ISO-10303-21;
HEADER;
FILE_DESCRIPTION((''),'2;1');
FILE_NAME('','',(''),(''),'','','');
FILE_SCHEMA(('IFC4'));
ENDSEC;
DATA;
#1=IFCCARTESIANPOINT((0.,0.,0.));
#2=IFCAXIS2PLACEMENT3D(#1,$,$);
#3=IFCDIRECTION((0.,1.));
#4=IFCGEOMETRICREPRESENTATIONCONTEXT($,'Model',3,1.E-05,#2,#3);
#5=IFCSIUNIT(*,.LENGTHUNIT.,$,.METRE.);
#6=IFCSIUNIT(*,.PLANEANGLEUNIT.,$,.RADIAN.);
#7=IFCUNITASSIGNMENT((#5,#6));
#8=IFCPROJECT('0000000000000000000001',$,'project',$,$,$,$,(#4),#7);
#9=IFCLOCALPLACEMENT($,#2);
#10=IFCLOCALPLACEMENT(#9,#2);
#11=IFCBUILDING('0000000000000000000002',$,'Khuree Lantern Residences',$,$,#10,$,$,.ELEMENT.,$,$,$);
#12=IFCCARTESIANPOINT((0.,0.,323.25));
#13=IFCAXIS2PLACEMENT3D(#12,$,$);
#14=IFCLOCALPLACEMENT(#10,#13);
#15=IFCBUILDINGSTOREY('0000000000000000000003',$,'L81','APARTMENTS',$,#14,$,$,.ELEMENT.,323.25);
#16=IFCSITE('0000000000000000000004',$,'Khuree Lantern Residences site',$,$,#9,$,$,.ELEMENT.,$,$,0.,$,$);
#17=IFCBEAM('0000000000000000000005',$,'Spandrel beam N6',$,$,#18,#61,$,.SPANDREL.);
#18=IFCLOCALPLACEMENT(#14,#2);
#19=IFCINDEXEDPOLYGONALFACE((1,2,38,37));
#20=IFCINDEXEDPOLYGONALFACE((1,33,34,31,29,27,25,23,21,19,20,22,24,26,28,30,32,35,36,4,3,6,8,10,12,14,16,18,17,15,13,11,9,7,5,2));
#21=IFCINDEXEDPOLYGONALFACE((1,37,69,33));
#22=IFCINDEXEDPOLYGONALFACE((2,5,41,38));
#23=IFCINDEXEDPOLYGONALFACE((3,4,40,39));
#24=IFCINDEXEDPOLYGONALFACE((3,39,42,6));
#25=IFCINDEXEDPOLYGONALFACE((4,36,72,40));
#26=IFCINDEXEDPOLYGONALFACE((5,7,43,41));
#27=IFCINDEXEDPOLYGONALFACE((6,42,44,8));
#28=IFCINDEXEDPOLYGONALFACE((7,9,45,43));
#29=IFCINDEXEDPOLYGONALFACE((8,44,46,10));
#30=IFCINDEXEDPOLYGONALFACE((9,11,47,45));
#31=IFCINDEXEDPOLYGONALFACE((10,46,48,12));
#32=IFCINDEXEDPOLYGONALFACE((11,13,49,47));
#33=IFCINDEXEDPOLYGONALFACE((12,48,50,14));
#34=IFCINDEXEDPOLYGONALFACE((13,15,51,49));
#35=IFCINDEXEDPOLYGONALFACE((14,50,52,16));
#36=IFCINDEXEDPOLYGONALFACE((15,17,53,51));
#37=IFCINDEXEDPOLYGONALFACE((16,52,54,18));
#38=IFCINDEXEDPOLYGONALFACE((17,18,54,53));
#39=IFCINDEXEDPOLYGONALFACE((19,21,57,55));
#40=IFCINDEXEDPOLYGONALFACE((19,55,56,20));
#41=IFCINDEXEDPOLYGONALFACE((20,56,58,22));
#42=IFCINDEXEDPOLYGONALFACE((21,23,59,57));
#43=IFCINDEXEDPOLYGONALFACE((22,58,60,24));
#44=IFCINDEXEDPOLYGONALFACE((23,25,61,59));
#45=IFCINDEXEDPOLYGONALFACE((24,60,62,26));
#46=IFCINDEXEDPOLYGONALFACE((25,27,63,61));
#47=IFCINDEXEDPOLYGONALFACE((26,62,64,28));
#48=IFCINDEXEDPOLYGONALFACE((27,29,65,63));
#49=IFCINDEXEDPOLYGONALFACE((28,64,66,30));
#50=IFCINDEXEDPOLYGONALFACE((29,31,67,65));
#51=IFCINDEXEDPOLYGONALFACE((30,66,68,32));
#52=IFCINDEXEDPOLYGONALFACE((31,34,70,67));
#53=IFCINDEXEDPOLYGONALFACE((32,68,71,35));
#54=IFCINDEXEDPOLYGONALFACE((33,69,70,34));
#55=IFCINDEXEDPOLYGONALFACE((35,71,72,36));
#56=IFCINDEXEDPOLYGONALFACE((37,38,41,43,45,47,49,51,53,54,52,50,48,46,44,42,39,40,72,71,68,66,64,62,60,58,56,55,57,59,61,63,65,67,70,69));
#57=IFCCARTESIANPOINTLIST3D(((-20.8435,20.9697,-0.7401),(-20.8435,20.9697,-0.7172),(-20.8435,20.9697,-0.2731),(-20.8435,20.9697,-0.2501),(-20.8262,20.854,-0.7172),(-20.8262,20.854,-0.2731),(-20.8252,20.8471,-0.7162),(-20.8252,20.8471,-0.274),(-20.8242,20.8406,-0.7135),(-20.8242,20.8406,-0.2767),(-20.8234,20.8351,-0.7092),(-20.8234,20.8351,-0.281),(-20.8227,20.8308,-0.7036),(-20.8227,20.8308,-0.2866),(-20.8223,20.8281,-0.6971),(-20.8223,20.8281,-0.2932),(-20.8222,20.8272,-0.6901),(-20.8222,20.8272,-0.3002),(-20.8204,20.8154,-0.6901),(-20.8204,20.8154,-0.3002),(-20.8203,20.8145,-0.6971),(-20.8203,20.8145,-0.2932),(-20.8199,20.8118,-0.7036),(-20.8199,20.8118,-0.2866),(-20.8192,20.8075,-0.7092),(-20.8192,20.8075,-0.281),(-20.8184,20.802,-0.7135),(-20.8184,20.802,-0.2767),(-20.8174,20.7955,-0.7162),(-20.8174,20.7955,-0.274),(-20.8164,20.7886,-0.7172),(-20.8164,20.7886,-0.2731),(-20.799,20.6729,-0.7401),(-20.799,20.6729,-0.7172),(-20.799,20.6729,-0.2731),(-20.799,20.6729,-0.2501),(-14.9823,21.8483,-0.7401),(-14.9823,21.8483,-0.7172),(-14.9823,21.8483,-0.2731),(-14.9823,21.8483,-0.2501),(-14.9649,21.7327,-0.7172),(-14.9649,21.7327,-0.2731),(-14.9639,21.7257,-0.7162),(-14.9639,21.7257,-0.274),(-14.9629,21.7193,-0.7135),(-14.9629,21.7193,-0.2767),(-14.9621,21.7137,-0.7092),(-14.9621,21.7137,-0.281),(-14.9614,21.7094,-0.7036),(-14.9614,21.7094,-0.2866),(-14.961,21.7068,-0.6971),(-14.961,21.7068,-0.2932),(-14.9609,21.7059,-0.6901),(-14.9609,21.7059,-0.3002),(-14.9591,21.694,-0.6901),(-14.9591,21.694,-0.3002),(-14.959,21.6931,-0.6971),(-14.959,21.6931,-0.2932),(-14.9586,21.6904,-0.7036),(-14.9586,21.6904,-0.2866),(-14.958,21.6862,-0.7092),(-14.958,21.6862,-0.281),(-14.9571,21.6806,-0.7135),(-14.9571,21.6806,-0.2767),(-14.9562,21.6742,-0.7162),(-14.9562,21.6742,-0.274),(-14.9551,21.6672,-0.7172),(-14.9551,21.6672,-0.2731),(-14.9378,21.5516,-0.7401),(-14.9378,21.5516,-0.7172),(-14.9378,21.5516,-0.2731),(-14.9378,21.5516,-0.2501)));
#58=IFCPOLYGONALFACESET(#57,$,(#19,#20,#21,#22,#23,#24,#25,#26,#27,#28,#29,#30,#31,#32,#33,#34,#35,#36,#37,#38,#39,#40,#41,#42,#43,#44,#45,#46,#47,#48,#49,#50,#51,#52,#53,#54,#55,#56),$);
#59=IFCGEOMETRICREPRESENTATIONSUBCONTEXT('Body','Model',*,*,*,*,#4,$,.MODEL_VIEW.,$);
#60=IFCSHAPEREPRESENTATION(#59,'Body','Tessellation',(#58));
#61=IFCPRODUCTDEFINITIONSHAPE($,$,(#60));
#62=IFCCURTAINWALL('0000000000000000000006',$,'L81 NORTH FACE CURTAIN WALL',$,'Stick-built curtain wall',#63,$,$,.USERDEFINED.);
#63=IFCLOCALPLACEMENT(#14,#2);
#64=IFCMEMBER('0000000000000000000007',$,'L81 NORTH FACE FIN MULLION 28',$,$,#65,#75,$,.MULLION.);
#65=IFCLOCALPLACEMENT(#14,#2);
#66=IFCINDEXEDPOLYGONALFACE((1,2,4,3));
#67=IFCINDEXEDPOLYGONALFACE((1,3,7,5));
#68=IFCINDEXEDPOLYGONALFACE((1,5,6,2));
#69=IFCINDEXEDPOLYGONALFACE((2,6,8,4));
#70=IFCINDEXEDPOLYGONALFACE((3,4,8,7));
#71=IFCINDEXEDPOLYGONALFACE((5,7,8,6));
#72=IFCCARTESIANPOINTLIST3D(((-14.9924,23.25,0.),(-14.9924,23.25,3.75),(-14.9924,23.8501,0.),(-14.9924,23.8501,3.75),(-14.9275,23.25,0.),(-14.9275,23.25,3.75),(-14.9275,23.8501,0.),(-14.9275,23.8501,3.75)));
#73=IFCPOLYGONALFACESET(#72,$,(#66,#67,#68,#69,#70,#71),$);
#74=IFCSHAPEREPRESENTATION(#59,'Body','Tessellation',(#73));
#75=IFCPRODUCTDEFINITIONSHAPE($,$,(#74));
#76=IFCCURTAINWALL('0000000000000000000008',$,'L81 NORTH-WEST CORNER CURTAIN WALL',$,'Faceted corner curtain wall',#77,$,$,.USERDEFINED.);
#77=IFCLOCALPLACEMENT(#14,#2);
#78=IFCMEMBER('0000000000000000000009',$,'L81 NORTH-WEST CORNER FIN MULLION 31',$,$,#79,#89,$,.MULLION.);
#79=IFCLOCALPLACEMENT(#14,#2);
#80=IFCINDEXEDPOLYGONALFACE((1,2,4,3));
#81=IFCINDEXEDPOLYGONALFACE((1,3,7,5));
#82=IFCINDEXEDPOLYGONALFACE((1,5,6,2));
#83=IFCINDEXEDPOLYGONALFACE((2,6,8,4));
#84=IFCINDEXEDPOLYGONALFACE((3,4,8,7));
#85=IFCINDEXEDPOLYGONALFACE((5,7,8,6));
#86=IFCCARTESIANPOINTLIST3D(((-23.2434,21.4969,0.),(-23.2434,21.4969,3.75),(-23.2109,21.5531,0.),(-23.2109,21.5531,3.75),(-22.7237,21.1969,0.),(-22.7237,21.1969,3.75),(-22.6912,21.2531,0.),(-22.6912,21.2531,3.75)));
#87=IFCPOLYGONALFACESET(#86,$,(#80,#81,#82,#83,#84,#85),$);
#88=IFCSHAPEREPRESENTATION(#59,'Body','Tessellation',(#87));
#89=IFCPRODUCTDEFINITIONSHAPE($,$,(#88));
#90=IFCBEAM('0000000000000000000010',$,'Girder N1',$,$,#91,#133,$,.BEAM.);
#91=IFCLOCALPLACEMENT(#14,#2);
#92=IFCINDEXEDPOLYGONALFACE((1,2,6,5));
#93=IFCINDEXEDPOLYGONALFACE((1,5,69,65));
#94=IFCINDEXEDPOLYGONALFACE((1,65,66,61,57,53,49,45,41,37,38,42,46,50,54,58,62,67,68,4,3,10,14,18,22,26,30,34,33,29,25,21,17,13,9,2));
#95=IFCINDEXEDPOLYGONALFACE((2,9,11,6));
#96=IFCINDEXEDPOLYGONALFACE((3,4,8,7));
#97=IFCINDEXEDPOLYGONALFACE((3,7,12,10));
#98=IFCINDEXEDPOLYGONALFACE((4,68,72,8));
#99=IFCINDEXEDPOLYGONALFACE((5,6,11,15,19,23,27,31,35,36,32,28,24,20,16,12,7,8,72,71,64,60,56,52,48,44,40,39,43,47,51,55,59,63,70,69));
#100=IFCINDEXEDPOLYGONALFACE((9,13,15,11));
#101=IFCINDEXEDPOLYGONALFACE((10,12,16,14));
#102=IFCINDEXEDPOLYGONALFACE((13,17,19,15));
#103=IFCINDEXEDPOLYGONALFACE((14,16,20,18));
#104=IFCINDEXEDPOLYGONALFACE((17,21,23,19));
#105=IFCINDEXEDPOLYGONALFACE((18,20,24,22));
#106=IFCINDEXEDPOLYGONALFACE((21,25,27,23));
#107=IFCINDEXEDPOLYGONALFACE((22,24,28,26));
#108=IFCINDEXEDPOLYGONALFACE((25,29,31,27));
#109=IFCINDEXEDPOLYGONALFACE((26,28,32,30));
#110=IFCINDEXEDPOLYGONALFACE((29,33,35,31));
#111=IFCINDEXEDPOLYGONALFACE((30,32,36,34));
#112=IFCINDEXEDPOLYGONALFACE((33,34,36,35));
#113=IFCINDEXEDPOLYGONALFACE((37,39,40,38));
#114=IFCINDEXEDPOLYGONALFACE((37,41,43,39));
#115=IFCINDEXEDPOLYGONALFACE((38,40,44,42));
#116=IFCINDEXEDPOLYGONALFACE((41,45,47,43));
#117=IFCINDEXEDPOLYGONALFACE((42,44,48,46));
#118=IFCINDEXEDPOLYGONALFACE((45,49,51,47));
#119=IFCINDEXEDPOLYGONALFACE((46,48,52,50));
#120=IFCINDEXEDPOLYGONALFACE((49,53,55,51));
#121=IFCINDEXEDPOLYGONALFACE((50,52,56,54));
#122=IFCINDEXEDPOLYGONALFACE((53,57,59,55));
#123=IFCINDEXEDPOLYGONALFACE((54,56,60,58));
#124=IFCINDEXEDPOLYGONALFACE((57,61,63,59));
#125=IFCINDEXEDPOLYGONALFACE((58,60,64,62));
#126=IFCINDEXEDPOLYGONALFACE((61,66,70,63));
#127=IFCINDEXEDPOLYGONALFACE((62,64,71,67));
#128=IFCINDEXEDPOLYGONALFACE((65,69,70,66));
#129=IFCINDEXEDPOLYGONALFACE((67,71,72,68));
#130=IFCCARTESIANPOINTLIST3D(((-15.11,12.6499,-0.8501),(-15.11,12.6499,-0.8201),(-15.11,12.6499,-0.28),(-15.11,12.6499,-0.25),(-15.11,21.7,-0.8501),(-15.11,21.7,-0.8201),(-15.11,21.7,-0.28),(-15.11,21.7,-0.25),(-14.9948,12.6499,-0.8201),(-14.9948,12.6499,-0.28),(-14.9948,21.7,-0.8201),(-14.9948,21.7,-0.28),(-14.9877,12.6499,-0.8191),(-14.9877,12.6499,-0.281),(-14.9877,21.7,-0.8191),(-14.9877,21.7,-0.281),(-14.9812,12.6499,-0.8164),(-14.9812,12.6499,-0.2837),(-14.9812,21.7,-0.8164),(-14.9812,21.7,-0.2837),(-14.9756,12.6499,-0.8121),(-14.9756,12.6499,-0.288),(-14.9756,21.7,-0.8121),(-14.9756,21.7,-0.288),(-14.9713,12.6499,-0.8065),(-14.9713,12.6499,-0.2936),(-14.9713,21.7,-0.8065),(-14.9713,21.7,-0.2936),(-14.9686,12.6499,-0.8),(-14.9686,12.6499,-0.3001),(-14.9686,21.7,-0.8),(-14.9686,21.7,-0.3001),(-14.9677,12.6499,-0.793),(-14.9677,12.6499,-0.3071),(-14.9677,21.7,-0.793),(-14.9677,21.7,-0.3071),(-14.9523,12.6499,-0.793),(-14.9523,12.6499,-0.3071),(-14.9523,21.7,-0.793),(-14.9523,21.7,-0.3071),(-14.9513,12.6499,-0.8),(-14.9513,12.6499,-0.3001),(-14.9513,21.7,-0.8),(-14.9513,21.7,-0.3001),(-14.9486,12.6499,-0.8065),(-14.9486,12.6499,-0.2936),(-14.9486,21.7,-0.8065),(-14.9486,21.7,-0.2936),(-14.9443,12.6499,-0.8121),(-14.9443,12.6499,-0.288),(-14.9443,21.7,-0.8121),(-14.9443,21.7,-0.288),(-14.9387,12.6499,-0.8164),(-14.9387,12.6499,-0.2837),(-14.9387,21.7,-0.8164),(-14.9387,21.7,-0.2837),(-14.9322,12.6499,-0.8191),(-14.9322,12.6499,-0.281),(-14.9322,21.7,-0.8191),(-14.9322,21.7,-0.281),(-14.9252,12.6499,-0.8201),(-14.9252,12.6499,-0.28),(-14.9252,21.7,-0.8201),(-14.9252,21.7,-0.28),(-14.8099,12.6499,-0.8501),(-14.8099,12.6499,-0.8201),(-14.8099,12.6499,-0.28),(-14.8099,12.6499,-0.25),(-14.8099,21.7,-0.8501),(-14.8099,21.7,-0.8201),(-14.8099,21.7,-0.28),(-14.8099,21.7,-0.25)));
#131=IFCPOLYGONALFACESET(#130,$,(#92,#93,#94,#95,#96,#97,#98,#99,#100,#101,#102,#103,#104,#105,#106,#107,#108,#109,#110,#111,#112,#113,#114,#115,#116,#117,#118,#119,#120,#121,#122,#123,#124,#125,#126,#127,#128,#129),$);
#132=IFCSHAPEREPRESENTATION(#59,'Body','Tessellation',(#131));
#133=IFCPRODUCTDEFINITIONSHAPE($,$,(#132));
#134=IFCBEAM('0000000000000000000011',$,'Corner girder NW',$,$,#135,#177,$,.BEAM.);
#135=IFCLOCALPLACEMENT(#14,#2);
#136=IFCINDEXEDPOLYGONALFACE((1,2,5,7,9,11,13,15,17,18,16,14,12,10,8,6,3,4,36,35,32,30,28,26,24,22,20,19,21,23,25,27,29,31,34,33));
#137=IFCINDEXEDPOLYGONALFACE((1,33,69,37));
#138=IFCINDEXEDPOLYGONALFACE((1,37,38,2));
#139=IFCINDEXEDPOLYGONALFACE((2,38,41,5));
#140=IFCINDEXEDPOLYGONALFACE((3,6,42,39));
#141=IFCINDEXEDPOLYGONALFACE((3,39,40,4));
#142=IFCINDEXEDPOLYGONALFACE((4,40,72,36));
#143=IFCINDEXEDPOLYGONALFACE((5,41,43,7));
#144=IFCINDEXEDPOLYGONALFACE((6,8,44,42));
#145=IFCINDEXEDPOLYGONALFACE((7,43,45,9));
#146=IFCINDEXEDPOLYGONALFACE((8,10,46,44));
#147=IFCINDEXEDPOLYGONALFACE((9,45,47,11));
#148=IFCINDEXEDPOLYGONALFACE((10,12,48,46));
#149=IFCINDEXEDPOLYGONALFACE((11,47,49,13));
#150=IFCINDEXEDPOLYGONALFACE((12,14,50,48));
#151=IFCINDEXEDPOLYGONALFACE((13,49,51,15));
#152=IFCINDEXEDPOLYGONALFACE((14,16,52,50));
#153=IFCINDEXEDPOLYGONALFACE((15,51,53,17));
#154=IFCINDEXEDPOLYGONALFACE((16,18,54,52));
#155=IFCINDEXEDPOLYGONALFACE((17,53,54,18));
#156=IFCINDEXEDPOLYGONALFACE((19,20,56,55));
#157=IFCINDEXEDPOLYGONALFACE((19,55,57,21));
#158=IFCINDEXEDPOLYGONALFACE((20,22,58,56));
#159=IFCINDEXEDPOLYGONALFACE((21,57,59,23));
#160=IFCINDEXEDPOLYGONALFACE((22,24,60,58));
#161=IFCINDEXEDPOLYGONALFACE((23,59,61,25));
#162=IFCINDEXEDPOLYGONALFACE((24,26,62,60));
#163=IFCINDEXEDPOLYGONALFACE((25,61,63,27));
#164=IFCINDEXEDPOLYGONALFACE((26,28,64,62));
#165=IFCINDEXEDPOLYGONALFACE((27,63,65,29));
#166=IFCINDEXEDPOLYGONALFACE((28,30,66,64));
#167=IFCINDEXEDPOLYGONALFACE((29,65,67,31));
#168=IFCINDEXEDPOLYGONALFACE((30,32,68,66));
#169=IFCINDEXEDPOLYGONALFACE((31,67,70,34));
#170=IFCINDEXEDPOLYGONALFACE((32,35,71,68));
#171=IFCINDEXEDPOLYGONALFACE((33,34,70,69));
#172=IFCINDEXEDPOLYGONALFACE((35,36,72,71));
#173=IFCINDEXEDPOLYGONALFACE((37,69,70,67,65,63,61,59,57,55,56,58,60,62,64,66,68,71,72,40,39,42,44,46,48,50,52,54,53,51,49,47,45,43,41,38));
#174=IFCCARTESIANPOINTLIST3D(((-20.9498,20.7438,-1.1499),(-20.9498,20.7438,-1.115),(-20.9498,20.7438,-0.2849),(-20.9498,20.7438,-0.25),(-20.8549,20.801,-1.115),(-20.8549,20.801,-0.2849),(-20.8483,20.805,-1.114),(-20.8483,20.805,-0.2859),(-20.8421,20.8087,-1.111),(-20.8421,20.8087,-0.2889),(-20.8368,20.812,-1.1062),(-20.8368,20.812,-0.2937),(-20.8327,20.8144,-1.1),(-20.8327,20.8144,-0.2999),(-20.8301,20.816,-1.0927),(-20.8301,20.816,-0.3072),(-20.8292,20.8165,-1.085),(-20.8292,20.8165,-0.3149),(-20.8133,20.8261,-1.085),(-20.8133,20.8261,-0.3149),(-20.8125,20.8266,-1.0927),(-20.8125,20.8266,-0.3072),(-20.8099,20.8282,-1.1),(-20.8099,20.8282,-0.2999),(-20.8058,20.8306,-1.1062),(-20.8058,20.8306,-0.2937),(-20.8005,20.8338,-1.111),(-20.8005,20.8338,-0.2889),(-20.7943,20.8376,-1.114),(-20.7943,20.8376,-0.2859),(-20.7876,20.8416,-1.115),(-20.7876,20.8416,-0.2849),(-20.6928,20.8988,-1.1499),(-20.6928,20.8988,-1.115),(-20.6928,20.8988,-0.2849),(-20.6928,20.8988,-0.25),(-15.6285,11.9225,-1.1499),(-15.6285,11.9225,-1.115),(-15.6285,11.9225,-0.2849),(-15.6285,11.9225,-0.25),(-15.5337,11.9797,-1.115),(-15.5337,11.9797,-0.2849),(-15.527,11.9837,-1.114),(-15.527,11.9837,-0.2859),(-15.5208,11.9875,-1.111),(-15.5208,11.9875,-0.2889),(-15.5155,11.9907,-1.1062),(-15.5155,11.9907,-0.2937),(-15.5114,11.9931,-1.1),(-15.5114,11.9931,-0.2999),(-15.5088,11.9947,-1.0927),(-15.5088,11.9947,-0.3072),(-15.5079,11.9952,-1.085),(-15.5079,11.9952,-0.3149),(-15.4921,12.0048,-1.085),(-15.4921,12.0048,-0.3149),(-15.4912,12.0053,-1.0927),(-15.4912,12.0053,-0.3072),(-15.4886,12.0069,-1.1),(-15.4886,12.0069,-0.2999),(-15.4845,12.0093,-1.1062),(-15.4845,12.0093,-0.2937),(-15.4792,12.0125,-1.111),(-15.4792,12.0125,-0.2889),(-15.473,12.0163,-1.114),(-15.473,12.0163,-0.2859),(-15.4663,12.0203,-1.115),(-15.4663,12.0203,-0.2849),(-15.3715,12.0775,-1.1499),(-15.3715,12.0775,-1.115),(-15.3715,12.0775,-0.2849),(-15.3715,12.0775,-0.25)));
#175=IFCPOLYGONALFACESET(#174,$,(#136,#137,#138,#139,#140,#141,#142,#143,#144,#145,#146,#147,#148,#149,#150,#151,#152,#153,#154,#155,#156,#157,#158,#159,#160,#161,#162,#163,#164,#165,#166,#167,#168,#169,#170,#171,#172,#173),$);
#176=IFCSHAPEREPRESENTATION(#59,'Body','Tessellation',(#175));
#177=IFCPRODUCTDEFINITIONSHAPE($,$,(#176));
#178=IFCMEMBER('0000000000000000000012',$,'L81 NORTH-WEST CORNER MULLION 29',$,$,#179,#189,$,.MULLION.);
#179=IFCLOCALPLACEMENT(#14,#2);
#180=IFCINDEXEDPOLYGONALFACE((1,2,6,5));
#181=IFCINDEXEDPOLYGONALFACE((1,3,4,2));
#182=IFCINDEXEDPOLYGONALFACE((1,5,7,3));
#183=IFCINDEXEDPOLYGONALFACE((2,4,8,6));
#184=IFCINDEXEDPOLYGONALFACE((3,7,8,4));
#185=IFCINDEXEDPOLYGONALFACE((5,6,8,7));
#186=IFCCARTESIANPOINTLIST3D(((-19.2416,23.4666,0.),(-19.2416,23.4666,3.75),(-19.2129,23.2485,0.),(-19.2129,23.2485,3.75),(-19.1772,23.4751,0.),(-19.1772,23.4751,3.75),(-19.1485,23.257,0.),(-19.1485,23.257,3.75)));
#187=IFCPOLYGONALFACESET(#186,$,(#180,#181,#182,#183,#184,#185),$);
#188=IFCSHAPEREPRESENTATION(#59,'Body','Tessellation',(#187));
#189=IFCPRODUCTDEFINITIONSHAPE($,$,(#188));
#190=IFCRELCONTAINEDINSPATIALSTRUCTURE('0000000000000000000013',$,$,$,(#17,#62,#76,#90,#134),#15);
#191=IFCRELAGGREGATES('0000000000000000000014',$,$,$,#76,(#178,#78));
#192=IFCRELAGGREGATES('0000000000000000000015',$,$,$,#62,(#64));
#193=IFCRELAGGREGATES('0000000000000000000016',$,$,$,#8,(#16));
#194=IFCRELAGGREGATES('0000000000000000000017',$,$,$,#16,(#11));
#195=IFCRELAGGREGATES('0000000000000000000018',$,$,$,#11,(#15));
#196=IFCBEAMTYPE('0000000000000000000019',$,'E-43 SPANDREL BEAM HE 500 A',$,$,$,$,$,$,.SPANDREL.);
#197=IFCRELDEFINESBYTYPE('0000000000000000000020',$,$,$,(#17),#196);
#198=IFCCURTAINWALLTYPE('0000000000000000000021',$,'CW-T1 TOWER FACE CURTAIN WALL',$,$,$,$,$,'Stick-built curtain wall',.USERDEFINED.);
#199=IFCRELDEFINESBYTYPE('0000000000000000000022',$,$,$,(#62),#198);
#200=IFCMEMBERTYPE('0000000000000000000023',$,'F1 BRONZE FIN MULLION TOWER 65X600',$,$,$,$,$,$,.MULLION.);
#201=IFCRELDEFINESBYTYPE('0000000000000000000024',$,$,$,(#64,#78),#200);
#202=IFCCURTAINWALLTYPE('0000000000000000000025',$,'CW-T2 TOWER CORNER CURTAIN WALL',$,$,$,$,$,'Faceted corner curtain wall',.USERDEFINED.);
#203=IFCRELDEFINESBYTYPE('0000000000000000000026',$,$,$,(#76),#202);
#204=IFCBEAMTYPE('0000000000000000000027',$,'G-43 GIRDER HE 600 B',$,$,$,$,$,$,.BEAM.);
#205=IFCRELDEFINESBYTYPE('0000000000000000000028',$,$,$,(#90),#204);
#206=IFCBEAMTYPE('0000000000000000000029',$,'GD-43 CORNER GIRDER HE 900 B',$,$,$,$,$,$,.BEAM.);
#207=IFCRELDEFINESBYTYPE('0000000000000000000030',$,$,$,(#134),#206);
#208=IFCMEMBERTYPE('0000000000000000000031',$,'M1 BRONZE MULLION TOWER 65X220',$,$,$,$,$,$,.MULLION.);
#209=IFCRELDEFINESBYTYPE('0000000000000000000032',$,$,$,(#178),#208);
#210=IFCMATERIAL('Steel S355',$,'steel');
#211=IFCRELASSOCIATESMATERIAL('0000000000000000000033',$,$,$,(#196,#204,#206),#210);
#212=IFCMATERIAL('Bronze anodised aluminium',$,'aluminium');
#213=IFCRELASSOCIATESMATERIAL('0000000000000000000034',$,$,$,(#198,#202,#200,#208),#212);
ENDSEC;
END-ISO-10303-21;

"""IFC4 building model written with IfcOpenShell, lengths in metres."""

from ifc_helpers import new_model, si_unit, direction, frame, origin, origin_2d, place, context, subcontext, project, spatial, rectangle, i_section, extrude, material, material_profile, profile_set, type_object, element, aggregate, save


model = new_model("IFC4")

# Units and contexts
model_context = context("Model", 3, precision=1e-05, world=origin(), true_north=direction((0.0, 1.0)))
body_context = subcontext(model_context, "Body", "Model", "MODEL_VIEW")
ifc_project = project(units=[si_unit("LENGTHUNIT", "METRE"), si_unit("PLANEANGLEUNIT", "RADIAN")], contexts=[model_context])

# Site, building, storey
site_placement = place(None, origin())
site = spatial("IfcSite", under=ifc_project, at=site_placement, Name="Khuree Lantern Residences site", CompositionType="ELEMENT", RefElevation=0.0)
building_placement = place(site_placement, origin())
building = spatial("IfcBuilding", under=site, at=building_placement, Name="Khuree Lantern Residences", CompositionType="ELEMENT")
storey_placement = place(building_placement, frame((0.0, 0.0, 323.25)))
storey = spatial("IfcBuildingStorey", under=building, at=storey_placement, Name="L81", Description="APARTMENTS", CompositionType="ELEMENT", Elevation=323.25)

# Beam
ifc_material_1 = material(Name="Steel S355", Category="steel")
ifc_material_profile_1 = material_profile(ifc_material_1, i_section(OverallWidth=0.3, OverallDepth=0.49, WebThickness=0.012, FlangeThickness=0.0229, FilletRadius=0.0271, at=origin_2d()), Name="HE 500 A")
ifc_profile_set_1 = profile_set([ifc_material_profile_1], Name="Steel S355")
beam_type_1 = type_object("IfcBeamType", Name="E-43 SPANDREL BEAM HE 500 A", PredefinedType="SPANDREL", material=ifc_profile_set_1)
beam_1_placement = place(storey_placement, frame((-20.8213, 20.8213, -0.4951), z_axis=(0.98895, 0.148252, 0.0), x_axis=(-0.148252, 0.98895, 0.0)))
element("IfcBeam", 1, at=beam_1_placement, inside=storey, type_object=beam_type_1, Name="Spandrel beam N6", PredefinedType="SPANDREL", context=body_context, shape_type="SweptSolid", body=[
    extrude(i_section(OverallWidth=0.3, OverallDepth=0.49, WebThickness=0.012, FlangeThickness=0.0229, FilletRadius=0.0271, at=origin_2d()), origin(), (0.0, 0.0, 1.0), 5.9268),
])

# Curtain walls, members
ifc_material_2 = material(Name="Bronze anodised aluminium", Category="aluminium")
curtain_wall_type_1 = type_object("IfcCurtainWallType", Name="CW-T1 TOWER FACE CURTAIN WALL", ElementType="Stick-built curtain wall", PredefinedType="USERDEFINED", material=ifc_material_2)
curtain_wall_1_placement = place(storey_placement, origin())
curtain_wall_1 = element("IfcCurtainWall", 2, at=curtain_wall_1_placement, inside=storey, type_object=curtain_wall_type_1, Name="L81 NORTH FACE CURTAIN WALL", ObjectType="Stick-built curtain wall", PredefinedType="USERDEFINED")
ifc_material_profile_2 = material_profile(ifc_material_2, rectangle(XDim=0.0649, YDim=0.6001, at=origin_2d()), Name="F1 65X600")
ifc_profile_set_2 = profile_set([ifc_material_profile_2], Name="Bronze anodised aluminium")
member_type_1 = type_object("IfcMemberType", Name="F1 BRONZE FIN MULLION TOWER 65X600", PredefinedType="MULLION", material=ifc_profile_set_2)
member_1_placement = place(storey_placement, frame((-14.96, 23.55, 0.0), z_axis=(0.0, 0.0, 1.0), x_axis=(-1.0, 0.0, 0.0)))
member_1 = element("IfcMember", 3, at=member_1_placement, type_object=member_type_1, Name="L81 NORTH FACE FIN MULLION 28", PredefinedType="MULLION", context=body_context, shape_type="SweptSolid", body=[
    extrude(rectangle(XDim=0.0649, YDim=0.6001, at=origin_2d()), origin(), (0.0, 0.0, 1.0), 3.75),
])
curtain_wall_type_2 = type_object("IfcCurtainWallType", Name="CW-T2 TOWER CORNER CURTAIN WALL", ElementType="Faceted corner curtain wall", PredefinedType="USERDEFINED", material=ifc_material_2)
curtain_wall_2_placement = place(storey_placement, origin())
curtain_wall_2 = element("IfcCurtainWall", 4, at=curtain_wall_2_placement, inside=storey, type_object=curtain_wall_type_2, Name="L81 NORTH-WEST CORNER CURTAIN WALL", ObjectType="Faceted corner curtain wall", PredefinedType="USERDEFINED")
member_2_placement = place(storey_placement, frame((-22.9673, 21.375, 0.0), z_axis=(0.0, 0.0, 1.0), x_axis=(-0.5, -0.866025, 0.0)))
member_2 = element("IfcMember", 5, at=member_2_placement, type_object=member_type_1, Name="L81 NORTH-WEST CORNER FIN MULLION 31", PredefinedType="MULLION", context=body_context, shape_type="SweptSolid", body=[
    extrude(rectangle(XDim=0.0649, YDim=0.6001, at=origin_2d()), origin(), (0.0, 0.0, 1.0), 3.75),
])

# Beams
ifc_material_profile_3 = material_profile(ifc_material_1, i_section(OverallWidth=0.3, OverallDepth=0.6001, WebThickness=0.0154, FlangeThickness=0.03, FilletRadius=0.0271, at=origin_2d()), Name="HE 600 B")
ifc_profile_set_3 = profile_set([ifc_material_profile_3], Name="Steel S355")
beam_type_2 = type_object("IfcBeamType", Name="G-43 GIRDER HE 600 B", PredefinedType="BEAM", material=ifc_profile_set_3)
beam_2_placement = place(storey_placement, frame((-14.96, 21.7, -0.55), z_axis=(0.0, -1.0, 0.0), x_axis=(1.0, 0.0, 0.0)))
element("IfcBeam", 6, at=beam_2_placement, inside=storey, type_object=beam_type_2, Name="Girder N1", PredefinedType="BEAM", context=body_context, shape_type="SweptSolid", body=[
    extrude(i_section(OverallWidth=0.3, OverallDepth=0.6001, WebThickness=0.0154, FlangeThickness=0.03, FilletRadius=0.0271, at=origin_2d()), origin(), (0.0, 0.0, 1.0), 9.05),
])
ifc_material_profile_4 = material_profile(ifc_material_1, i_section(OverallWidth=0.3, OverallDepth=0.8999, WebThickness=0.0186, FlangeThickness=0.0349, FilletRadius=0.03, at=origin_2d()), Name="HE 900 B")
ifc_profile_set_4 = profile_set([ifc_material_profile_4], Name="Steel S355")
beam_type_3 = type_object("IfcBeamType", Name="GD-43 CORNER GIRDER HE 900 B", PredefinedType="BEAM", material=ifc_profile_set_4)
beam_3_placement = place(storey_placement, frame((-20.8213, 20.8213, -0.7), z_axis=(0.51653, -0.856269, 0.0), x_axis=(0.856269, 0.51653, 0.0)))
element("IfcBeam", 7, at=beam_3_placement, inside=storey, type_object=beam_type_3, Name="Corner girder NW", PredefinedType="BEAM", context=body_context, shape_type="SweptSolid", body=[
    extrude(i_section(OverallWidth=0.3, OverallDepth=0.8999, WebThickness=0.0186, FlangeThickness=0.0349, FilletRadius=0.03, at=origin_2d()), origin(), (0.0, 0.0, 1.0), 10.302),
])

# Member
ifc_material_profile_5 = material_profile(ifc_material_2, rectangle(XDim=0.0649, YDim=0.22, at=origin_2d()), Name="M1 65X220")
ifc_profile_set_5 = profile_set([ifc_material_profile_5], Name="Bronze anodised aluminium")
member_type_2 = type_object("IfcMemberType", Name="M1 BRONZE MULLION TOWER 65X220", PredefinedType="MULLION", material=ifc_profile_set_5)
member_3_placement = place(storey_placement, frame((-19.1951, 23.3618, 0.0), z_axis=(0.0, 0.0, 1.0), x_axis=(-0.991445, -0.130526, 0.0)))
member_3 = element("IfcMember", 8, at=member_3_placement, type_object=member_type_2, Name="L81 NORTH-WEST CORNER MULLION 29", PredefinedType="MULLION", context=body_context, shape_type="SweptSolid", body=[
    extrude(rectangle(XDim=0.0649, YDim=0.22, at=origin_2d()), origin(), (0.0, 0.0, 1.0), 3.75),
])

aggregate(curtain_wall_2, [member_3, member_2])
aggregate(curtain_wall_1, [member_1])

save(model, "model.ifc")
